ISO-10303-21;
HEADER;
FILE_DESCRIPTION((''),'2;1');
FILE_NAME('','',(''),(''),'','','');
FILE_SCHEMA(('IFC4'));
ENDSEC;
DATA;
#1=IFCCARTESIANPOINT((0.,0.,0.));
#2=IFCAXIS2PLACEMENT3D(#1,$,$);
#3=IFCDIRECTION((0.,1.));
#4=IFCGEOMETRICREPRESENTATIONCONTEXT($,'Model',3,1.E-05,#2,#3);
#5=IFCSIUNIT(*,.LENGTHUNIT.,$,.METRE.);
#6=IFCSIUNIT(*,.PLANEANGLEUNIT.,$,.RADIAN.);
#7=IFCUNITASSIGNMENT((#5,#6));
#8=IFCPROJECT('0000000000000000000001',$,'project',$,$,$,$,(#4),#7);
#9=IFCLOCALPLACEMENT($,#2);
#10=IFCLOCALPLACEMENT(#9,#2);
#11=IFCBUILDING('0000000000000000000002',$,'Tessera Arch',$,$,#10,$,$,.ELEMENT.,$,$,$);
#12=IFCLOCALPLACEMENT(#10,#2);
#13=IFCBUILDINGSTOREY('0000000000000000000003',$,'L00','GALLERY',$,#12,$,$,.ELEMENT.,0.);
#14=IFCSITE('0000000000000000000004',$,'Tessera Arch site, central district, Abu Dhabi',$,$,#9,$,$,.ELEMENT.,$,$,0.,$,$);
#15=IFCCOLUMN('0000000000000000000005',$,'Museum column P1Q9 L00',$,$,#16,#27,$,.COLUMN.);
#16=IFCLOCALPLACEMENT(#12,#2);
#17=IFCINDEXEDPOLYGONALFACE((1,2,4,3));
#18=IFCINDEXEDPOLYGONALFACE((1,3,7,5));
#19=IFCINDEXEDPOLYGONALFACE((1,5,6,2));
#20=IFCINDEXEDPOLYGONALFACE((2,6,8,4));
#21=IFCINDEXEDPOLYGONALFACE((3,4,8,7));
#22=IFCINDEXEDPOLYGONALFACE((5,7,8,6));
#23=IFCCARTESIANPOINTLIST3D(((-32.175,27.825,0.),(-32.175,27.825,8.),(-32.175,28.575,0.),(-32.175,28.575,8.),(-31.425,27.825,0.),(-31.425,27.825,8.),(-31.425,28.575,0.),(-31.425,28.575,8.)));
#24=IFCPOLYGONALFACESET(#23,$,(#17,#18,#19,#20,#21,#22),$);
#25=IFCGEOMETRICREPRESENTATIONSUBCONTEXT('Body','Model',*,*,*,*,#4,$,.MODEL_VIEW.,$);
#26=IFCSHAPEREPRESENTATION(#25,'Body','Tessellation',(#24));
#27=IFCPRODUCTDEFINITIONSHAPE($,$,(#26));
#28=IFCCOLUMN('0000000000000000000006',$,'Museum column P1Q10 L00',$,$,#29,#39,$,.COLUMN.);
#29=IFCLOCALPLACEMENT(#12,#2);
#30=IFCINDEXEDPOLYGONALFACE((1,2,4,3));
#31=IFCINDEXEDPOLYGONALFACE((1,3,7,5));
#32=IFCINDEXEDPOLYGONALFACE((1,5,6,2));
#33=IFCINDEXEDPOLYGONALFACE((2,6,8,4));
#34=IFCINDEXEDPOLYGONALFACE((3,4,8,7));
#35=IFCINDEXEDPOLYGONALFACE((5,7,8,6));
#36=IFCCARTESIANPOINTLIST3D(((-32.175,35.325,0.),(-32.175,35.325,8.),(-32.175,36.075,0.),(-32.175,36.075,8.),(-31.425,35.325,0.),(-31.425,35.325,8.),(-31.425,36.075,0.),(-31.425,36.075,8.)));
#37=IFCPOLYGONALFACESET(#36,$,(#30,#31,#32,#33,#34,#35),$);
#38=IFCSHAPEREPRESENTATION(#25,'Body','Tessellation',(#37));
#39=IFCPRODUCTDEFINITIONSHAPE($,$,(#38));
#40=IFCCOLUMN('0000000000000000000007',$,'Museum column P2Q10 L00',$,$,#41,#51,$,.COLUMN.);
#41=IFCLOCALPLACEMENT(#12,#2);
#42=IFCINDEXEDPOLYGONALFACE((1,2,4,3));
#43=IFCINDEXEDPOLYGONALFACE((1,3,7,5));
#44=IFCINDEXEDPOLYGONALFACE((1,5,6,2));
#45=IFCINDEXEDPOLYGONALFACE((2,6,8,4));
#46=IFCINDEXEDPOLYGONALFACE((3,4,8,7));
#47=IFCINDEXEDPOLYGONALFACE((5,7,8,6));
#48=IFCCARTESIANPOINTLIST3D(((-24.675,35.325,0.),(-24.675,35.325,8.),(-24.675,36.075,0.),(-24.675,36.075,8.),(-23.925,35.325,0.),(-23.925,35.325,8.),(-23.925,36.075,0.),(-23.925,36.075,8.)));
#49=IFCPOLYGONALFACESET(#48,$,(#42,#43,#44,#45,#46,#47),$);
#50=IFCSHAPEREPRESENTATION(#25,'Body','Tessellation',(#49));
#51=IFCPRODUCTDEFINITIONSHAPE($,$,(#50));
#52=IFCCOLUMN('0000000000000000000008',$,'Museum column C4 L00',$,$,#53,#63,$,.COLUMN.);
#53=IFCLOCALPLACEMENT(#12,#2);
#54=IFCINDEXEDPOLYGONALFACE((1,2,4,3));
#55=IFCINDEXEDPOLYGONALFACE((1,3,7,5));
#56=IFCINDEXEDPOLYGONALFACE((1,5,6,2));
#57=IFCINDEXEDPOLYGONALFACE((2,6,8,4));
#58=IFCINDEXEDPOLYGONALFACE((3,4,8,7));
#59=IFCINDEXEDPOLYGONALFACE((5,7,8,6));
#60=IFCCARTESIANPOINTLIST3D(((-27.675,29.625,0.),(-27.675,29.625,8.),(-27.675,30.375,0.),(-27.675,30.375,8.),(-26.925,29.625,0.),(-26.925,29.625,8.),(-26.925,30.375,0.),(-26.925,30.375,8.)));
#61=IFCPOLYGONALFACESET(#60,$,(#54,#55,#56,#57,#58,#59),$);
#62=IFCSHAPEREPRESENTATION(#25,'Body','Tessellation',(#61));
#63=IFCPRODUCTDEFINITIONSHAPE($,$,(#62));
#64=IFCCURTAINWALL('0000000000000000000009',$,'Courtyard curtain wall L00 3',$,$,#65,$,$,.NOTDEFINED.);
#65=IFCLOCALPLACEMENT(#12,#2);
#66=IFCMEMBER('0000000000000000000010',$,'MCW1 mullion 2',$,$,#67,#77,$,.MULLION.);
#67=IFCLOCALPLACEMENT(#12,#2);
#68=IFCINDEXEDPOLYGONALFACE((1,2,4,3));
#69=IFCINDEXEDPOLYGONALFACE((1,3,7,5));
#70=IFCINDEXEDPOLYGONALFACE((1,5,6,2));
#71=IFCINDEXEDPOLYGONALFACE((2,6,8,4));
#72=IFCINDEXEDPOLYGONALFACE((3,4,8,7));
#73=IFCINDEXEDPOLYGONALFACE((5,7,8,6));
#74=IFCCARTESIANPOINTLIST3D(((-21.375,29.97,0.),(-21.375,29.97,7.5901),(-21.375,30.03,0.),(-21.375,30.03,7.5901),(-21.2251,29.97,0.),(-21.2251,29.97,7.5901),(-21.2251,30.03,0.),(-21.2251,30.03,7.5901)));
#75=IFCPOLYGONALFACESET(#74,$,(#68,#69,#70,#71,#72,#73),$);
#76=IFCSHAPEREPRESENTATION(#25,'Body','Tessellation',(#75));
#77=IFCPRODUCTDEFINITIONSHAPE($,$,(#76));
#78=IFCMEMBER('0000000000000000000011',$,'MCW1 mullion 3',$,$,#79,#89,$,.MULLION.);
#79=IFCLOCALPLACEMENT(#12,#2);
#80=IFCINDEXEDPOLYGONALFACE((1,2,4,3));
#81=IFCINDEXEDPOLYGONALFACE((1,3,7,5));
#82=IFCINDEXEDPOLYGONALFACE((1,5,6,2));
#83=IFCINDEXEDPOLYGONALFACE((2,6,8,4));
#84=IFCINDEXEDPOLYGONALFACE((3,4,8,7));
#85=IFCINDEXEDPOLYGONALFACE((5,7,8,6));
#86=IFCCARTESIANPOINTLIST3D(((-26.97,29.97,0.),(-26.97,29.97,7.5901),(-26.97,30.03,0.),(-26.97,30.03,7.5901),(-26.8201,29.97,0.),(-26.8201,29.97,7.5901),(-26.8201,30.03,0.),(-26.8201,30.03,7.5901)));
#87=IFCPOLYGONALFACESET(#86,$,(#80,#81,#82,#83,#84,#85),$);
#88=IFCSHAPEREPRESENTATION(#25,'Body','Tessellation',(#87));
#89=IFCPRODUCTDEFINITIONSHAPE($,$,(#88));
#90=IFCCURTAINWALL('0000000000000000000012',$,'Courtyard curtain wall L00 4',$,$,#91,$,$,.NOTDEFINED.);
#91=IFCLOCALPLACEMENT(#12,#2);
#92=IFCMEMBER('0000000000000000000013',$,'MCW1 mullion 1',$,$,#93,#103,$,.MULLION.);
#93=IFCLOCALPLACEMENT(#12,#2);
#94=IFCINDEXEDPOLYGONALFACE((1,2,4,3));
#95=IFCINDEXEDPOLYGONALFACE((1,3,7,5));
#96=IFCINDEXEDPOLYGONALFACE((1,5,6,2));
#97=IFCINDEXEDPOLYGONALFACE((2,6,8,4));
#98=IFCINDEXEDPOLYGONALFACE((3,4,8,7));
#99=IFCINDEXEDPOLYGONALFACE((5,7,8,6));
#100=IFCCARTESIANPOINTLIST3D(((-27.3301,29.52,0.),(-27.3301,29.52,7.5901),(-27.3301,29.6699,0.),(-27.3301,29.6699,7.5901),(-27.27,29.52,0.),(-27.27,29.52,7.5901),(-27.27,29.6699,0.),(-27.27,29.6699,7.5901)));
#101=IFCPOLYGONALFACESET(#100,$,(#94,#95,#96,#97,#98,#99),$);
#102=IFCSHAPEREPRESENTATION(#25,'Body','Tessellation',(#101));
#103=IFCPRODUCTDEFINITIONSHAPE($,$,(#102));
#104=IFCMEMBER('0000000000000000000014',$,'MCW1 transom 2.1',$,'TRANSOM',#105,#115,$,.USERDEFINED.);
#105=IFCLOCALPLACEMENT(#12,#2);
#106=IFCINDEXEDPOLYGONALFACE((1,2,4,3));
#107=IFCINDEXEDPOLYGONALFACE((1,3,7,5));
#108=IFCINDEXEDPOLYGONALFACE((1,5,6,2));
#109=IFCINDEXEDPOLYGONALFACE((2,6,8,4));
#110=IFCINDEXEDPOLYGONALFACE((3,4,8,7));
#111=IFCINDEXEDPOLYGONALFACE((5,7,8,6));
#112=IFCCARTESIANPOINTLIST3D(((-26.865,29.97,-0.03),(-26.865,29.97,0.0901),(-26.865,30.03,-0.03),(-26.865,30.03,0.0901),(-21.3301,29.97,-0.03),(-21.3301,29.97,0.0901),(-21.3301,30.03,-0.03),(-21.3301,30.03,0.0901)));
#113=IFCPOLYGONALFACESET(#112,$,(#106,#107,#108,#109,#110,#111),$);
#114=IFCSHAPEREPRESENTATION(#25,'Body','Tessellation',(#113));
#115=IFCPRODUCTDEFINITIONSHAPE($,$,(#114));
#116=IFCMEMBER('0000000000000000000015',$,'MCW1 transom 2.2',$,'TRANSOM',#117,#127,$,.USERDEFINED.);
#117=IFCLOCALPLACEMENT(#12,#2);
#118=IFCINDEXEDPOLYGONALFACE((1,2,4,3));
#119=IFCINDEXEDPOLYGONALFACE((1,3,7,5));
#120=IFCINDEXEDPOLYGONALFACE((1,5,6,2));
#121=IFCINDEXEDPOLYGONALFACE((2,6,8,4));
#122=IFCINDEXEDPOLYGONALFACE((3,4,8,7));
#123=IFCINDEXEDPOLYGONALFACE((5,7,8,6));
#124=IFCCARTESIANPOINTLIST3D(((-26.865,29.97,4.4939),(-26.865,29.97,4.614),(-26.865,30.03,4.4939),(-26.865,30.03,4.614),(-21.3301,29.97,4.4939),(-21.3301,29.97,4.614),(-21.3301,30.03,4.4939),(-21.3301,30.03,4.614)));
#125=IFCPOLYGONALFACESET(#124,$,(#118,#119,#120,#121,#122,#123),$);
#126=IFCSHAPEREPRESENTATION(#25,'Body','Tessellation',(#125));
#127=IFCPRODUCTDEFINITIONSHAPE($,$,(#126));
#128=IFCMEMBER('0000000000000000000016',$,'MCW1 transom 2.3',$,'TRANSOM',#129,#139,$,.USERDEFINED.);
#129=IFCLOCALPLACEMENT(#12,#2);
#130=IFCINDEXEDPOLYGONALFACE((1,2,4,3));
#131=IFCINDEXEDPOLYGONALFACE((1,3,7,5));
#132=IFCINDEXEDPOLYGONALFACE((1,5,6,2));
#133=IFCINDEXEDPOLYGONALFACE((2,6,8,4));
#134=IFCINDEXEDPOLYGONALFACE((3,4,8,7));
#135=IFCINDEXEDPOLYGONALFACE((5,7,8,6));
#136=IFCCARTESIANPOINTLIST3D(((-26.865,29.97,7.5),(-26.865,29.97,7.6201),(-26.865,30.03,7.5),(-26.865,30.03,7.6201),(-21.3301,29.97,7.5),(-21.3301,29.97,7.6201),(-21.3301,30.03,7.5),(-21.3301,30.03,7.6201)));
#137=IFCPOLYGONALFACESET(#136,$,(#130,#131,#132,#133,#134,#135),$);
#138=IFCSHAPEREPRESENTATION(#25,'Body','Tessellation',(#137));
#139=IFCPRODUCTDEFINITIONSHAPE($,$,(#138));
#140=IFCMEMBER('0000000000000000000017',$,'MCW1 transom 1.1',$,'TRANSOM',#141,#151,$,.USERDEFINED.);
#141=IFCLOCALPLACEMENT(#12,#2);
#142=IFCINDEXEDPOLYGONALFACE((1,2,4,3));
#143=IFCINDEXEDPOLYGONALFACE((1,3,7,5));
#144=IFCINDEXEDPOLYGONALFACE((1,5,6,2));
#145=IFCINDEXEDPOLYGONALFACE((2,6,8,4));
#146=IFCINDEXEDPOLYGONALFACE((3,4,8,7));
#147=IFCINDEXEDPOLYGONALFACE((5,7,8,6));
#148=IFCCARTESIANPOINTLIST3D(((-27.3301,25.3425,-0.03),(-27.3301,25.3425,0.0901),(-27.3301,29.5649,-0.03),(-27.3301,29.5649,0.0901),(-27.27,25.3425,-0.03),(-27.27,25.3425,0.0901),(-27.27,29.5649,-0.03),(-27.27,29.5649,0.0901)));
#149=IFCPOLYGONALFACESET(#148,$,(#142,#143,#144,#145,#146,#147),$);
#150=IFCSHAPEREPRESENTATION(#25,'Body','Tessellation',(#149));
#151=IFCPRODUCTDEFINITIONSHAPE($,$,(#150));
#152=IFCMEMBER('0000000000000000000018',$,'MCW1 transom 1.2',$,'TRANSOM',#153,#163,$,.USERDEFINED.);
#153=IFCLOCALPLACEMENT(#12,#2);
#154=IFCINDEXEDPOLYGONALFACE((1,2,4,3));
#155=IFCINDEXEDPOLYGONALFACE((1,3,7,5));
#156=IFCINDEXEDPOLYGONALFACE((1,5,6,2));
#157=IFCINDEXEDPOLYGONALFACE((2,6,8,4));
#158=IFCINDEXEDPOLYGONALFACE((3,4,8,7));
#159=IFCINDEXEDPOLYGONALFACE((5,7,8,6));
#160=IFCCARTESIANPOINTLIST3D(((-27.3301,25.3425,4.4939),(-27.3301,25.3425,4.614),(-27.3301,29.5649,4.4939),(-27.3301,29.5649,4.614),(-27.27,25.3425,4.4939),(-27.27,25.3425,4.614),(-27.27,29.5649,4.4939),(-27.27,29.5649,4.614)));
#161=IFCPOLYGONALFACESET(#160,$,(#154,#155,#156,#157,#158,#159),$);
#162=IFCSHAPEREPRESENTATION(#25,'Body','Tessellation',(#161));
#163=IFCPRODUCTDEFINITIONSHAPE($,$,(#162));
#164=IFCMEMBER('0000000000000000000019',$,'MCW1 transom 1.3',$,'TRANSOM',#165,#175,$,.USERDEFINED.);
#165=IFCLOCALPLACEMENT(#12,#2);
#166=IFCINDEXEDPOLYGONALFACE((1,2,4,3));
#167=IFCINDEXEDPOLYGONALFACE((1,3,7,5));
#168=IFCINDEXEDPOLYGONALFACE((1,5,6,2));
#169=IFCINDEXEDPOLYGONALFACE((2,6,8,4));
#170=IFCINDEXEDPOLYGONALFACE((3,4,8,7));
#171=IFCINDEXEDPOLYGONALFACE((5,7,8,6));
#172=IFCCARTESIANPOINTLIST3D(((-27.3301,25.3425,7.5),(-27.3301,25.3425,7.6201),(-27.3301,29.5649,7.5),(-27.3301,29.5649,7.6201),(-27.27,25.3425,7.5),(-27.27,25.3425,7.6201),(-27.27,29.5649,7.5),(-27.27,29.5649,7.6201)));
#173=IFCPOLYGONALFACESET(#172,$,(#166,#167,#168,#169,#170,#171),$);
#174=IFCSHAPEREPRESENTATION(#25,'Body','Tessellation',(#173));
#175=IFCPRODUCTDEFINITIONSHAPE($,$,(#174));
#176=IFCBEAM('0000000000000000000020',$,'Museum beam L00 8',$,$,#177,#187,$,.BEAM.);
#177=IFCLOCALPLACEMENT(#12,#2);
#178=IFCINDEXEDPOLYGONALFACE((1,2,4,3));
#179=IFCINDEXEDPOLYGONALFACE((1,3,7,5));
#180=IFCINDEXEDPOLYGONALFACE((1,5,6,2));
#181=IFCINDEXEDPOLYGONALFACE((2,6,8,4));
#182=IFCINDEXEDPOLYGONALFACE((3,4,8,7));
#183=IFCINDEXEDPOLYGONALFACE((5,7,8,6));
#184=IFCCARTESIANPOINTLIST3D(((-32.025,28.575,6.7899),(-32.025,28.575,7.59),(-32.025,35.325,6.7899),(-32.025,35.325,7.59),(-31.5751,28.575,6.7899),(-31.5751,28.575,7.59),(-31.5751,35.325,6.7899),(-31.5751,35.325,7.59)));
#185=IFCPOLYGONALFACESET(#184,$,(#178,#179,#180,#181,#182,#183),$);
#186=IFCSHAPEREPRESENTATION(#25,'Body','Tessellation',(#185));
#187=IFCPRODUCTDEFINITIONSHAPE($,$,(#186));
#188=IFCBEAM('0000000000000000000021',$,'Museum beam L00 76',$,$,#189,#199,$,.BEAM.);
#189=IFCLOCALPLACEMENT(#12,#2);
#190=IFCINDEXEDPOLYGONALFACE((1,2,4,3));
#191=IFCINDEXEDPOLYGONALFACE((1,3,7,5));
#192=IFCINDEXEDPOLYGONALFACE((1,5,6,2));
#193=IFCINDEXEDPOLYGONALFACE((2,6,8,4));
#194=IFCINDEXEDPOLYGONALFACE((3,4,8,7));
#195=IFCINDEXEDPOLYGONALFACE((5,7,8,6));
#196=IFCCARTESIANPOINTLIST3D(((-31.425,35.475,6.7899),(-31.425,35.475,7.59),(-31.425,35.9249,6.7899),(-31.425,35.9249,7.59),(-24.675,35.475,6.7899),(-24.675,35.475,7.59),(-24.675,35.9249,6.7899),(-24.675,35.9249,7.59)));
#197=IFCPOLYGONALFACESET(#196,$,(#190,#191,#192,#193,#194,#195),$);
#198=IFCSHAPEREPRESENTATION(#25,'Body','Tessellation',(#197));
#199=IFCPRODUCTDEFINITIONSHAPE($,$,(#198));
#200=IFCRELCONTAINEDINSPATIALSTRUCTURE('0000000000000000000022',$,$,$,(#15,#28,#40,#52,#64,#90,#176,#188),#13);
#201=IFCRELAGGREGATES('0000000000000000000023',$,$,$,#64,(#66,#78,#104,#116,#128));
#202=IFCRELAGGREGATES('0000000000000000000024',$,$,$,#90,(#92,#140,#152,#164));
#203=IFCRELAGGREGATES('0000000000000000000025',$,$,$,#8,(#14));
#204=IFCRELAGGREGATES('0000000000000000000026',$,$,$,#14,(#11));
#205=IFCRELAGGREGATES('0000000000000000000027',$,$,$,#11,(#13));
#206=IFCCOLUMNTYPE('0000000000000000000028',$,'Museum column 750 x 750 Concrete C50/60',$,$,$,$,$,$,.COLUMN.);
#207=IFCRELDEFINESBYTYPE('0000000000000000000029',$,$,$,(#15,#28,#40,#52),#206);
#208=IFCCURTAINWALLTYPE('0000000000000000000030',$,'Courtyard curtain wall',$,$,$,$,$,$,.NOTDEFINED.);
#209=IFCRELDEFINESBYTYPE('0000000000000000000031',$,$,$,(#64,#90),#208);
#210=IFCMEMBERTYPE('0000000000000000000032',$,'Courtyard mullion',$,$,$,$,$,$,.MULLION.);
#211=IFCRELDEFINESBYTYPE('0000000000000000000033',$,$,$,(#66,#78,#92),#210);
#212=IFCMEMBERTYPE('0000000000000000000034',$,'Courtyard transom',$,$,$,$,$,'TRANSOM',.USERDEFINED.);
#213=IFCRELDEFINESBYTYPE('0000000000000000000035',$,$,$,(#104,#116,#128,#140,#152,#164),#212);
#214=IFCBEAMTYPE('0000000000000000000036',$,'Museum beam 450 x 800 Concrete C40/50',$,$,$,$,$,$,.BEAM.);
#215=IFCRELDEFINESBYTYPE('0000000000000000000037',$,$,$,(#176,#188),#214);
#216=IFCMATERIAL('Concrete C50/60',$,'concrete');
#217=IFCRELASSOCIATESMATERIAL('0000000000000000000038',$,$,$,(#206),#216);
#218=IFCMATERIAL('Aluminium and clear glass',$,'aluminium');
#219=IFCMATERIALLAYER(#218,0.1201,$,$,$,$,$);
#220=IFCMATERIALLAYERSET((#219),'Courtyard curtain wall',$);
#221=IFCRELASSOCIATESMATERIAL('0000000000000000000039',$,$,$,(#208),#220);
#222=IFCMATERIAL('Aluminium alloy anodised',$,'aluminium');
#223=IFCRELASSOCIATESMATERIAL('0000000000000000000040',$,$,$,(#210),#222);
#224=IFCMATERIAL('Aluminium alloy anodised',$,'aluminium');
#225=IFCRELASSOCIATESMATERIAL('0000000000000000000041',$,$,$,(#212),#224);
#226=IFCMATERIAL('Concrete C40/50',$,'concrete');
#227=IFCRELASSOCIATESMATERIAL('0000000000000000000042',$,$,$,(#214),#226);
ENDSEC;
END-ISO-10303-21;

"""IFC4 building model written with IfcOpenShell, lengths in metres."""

from ifc_helpers import new_model, si_unit, direction, frame, origin, origin_2d, place, context, subcontext, project, spatial, rectangle, extrude, material, layer, layer_set, material_profile, profile_set, type_object, element, aggregate, save


model = new_model("IFC4")

# Units and contexts
model_context = context("Model", 3, precision=1e-05, world=origin(), true_north=direction((0.0, 1.0)))
body_context = subcontext(model_context, "Body", "Model", "MODEL_VIEW")
ifc_project = project(units=[si_unit("LENGTHUNIT", "METRE"), si_unit("PLANEANGLEUNIT", "RADIAN")], contexts=[model_context])

# Site, building, storey
site_placement = place(None, origin())
site = spatial("IfcSite", under=ifc_project, at=site_placement, Name="Tessera Arch site, central district, Abu Dhabi", CompositionType="ELEMENT", RefElevation=0.0)
building_placement = place(site_placement, origin())
building = spatial("IfcBuilding", under=site, at=building_placement, Name="Tessera Arch", CompositionType="ELEMENT")
storey_placement = place(building_placement, origin())
storey = spatial("IfcBuildingStorey", under=building, at=storey_placement, Name="L00", Description="GALLERY", CompositionType="ELEMENT", Elevation=0.0)

# Columns
ifc_material_1 = material(Name="Concrete C50/60", Category="concrete")
ifc_material_profile_1 = material_profile(ifc_material_1, rectangle(XDim=0.75, YDim=0.75, at=origin_2d()), Name="Museum column 750 x 750 Concrete C50/60")
ifc_profile_set_1 = profile_set([ifc_material_profile_1], Name="Concrete C50/60")
column_type = type_object("IfcColumnType", Name="Museum column 750 x 750 Concrete C50/60", PredefinedType="COLUMN", material=ifc_profile_set_1)
for number, where, z_axis, x_axis, name in (
    (1, (-31.8, 28.2, 0.0), (0.0, 0.0, 1.0), (1.0, 0.0, 0.0), "Museum column P1Q9 L00"),
    (2, (-31.8, 35.7, 0.0), (0.0, 0.0, 1.0), (1.0, 0.0, 0.0), "Museum column P1Q10 L00"),
    (3, (-24.3, 35.7, 0.0), (0.0, 0.0, 1.0), (1.0, 0.0, 0.0), "Museum column P2Q10 L00"),
    (4, (-27.3, 30.0, 0.0), (0.0, 0.0, 1.0), (1.0, 0.0, 0.0), "Museum column C4 L00"),
):
    element("IfcColumn", number, at=place(storey_placement, frame(where, z_axis=z_axis, x_axis=x_axis)), inside=storey, type_object=column_type, Name=name, PredefinedType="COLUMN", context=body_context, shape_type="SweptSolid", body=[
        extrude(rectangle(XDim=0.75, YDim=0.75, at=origin_2d()), origin(), (0.0, 0.0, 1.0), 8.0),
    ])

# Curtain wall, members
ifc_material_2 = material(Name="Aluminium and clear glass", Category="aluminium")
ifc_layer_1 = layer(ifc_material_2, 0.1201)
ifc_layer_set_1 = layer_set([ifc_layer_1], Name="Courtyard curtain wall")
curtain_wall_type = type_object("IfcCurtainWallType", Name="Courtyard curtain wall", PredefinedType="NOTDEFINED", material=ifc_layer_set_1)
curtain_wall_1_placement = place(storey_placement, origin())
curtain_wall_1 = element("IfcCurtainWall", 5, at=curtain_wall_1_placement, inside=storey, type_object=curtain_wall_type, Name="Courtyard curtain wall L00 3", PredefinedType="NOTDEFINED")
ifc_material_3 = material(Name="Aluminium alloy anodised", Category="aluminium")
ifc_material_profile_2 = material_profile(ifc_material_3, rectangle(XDim=0.0601, YDim=0.1499, at=origin_2d()), Name="Courtyard mullion")
ifc_profile_set_2 = profile_set([ifc_material_profile_2], Name="Aluminium alloy anodised")
member_type_1 = type_object("IfcMemberType", Name="Courtyard mullion", PredefinedType="MULLION", material=ifc_profile_set_2)
member_1_placement = place(storey_placement, frame((-21.3, 30.0, 0.0), z_axis=(0.0, 0.0, 1.0), x_axis=(0.0, -1.0, 0.0)))
member_1 = element("IfcMember", 6, at=member_1_placement, type_object=member_type_1, Name="MCW1 mullion 2", PredefinedType="MULLION", context=body_context, shape_type="SweptSolid", body=[
    extrude(rectangle(XDim=0.0601, YDim=0.1499, at=origin_2d()), origin(), (0.0, 0.0, 1.0), 7.5901),
])
member_2_placement = place(storey_placement, frame((-26.895, 30.0, 0.0), z_axis=(0.0, 0.0, 1.0), x_axis=(0.0, -1.0, 0.0)))
member_2 = element("IfcMember", 7, at=member_2_placement, type_object=member_type_1, Name="MCW1 mullion 3", PredefinedType="MULLION", context=body_context, shape_type="SweptSolid", body=[
    extrude(rectangle(XDim=0.0601, YDim=0.1499, at=origin_2d()), origin(), (0.0, 0.0, 1.0), 7.5901),
])

# Curtain wall, member
curtain_wall_2_placement = place(storey_placement, origin())
curtain_wall_2 = element("IfcCurtainWall", 8, at=curtain_wall_2_placement, inside=storey, type_object=curtain_wall_type, Name="Courtyard curtain wall L00 4", PredefinedType="NOTDEFINED")
member_3_placement = place(storey_placement, frame((-27.3, 29.595, 0.0), z_axis=(0.0, 0.0, 1.0), x_axis=(1.0, 0.0, 0.0)))
member_3 = element("IfcMember", 9, at=member_3_placement, type_object=member_type_1, Name="MCW1 mullion 1", PredefinedType="MULLION", context=body_context, shape_type="SweptSolid", body=[
    extrude(rectangle(XDim=0.0601, YDim=0.1499, at=origin_2d()), origin(), (0.0, 0.0, 1.0), 7.5901),
])

# Members
ifc_material_4 = material(Name="Aluminium alloy anodised", Category="aluminium")
ifc_material_profile_3 = material_profile(ifc_material_4, rectangle(XDim=0.0601, YDim=0.1201, at=origin_2d()), Name="Courtyard transom")
ifc_profile_set_3 = profile_set([ifc_material_profile_3], Name="Aluminium alloy anodised")
member_type_2 = type_object("IfcMemberType", Name="Courtyard transom", ElementType="TRANSOM", PredefinedType="USERDEFINED", material=ifc_profile_set_3)
member_4_placement = place(storey_placement, frame((-21.3301, 30.0, 0.03), z_axis=(-1.0, 0.0, 0.0), x_axis=(0.0, -1.0, 0.0)))
member_4 = element("IfcMember", 10, at=member_4_placement, type_object=member_type_2, Name="MCW1 transom 2.1", ObjectType="TRANSOM", PredefinedType="USERDEFINED", context=body_context, shape_type="SweptSolid", body=[
    extrude(rectangle(XDim=0.0601, YDim=0.1201, at=origin_2d()), origin(), (0.0, 0.0, 1.0), 5.5349),
])
member_5_placement = place(storey_placement, frame((-21.3301, 30.0, 4.554), z_axis=(-1.0, 0.0, 0.0), x_axis=(0.0, -1.0, 0.0)))
member_5 = element("IfcMember", 11, at=member_5_placement, type_object=member_type_2, Name="MCW1 transom 2.2", ObjectType="TRANSOM", PredefinedType="USERDEFINED", context=body_context, shape_type="SweptSolid", body=[
    extrude(rectangle(XDim=0.0601, YDim=0.1201, at=origin_2d()), origin(), (0.0, 0.0, 1.0), 5.5349),
])
member_6_placement = place(storey_placement, frame((-21.3301, 30.0, 7.5601), z_axis=(-1.0, 0.0, 0.0), x_axis=(0.0, -1.0, 0.0)))
member_6 = element("IfcMember", 12, at=member_6_placement, type_object=member_type_2, Name="MCW1 transom 2.3", ObjectType="TRANSOM", PredefinedType="USERDEFINED", context=body_context, shape_type="SweptSolid", body=[
    extrude(rectangle(XDim=0.0601, YDim=0.1201, at=origin_2d()), origin(), (0.0, 0.0, 1.0), 5.5349),
])
member_7_placement = place(storey_placement, frame((-27.3, 29.5649, 0.03), z_axis=(0.0, -1.0, 0.0), x_axis=(1.0, 0.0, 0.0)))
member_7 = element("IfcMember", 13, at=member_7_placement, type_object=member_type_2, Name="MCW1 transom 1.1", ObjectType="TRANSOM", PredefinedType="USERDEFINED", context=body_context, shape_type="SweptSolid", body=[
    extrude(rectangle(XDim=0.0601, YDim=0.1201, at=origin_2d()), origin(), (0.0, 0.0, 1.0), 4.2224),
])
member_8_placement = place(storey_placement, frame((-27.3, 29.5649, 4.554), z_axis=(0.0, -1.0, 0.0), x_axis=(1.0, 0.0, 0.0)))
member_8 = element("IfcMember", 14, at=member_8_placement, type_object=member_type_2, Name="MCW1 transom 1.2", ObjectType="TRANSOM", PredefinedType="USERDEFINED", context=body_context, shape_type="SweptSolid", body=[
    extrude(rectangle(XDim=0.0601, YDim=0.1201, at=origin_2d()), origin(), (0.0, 0.0, 1.0), 4.2224),
])
member_9_placement = place(storey_placement, frame((-27.3, 29.5649, 7.5601), z_axis=(0.0, -1.0, 0.0), x_axis=(1.0, 0.0, 0.0)))
member_9 = element("IfcMember", 15, at=member_9_placement, type_object=member_type_2, Name="MCW1 transom 1.3", ObjectType="TRANSOM", PredefinedType="USERDEFINED", context=body_context, shape_type="SweptSolid", body=[
    extrude(rectangle(XDim=0.0601, YDim=0.1201, at=origin_2d()), origin(), (0.0, 0.0, 1.0), 4.2224),
])

# Beams
ifc_material_5 = material(Name="Concrete C40/50", Category="concrete")
ifc_material_profile_4 = material_profile(ifc_material_5, rectangle(XDim=0.45, YDim=0.8, at=origin_2d()), Name="Museum beam 450 x 800 Concrete C40/50")
ifc_profile_set_4 = profile_set([ifc_material_profile_4], Name="Concrete C40/50")
beam_type = type_object("IfcBeamType", Name="Museum beam 450 x 800 Concrete C40/50", PredefinedType="BEAM", material=ifc_profile_set_4)
for number, where, z_axis, x_axis, name in (
    (16, (-31.8, 28.575, 7.1899), (0.0, 1.0, 0.0), (-1.0, 0.0, 0.0), "Museum beam L00 8"),
    (17, (-31.425, 35.7, 7.1899), (1.0, 0.0, 0.0), (0.0, 1.0, 0.0), "Museum beam L00 76"),
):
    element("IfcBeam", number, at=place(storey_placement, frame(where, z_axis=z_axis, x_axis=x_axis)), inside=storey, type_object=beam_type, Name=name, PredefinedType="BEAM", context=body_context, shape_type="SweptSolid", body=[
        extrude(rectangle(XDim=0.45, YDim=0.8, at=origin_2d()), origin(), (0.0, 0.0, 1.0), 6.75),
    ])

aggregate(curtain_wall_1, [member_1, member_2, member_4, member_5, member_6])
aggregate(curtain_wall_2, [member_3, member_7, member_8, member_9])

save(model, "model.ifc")
